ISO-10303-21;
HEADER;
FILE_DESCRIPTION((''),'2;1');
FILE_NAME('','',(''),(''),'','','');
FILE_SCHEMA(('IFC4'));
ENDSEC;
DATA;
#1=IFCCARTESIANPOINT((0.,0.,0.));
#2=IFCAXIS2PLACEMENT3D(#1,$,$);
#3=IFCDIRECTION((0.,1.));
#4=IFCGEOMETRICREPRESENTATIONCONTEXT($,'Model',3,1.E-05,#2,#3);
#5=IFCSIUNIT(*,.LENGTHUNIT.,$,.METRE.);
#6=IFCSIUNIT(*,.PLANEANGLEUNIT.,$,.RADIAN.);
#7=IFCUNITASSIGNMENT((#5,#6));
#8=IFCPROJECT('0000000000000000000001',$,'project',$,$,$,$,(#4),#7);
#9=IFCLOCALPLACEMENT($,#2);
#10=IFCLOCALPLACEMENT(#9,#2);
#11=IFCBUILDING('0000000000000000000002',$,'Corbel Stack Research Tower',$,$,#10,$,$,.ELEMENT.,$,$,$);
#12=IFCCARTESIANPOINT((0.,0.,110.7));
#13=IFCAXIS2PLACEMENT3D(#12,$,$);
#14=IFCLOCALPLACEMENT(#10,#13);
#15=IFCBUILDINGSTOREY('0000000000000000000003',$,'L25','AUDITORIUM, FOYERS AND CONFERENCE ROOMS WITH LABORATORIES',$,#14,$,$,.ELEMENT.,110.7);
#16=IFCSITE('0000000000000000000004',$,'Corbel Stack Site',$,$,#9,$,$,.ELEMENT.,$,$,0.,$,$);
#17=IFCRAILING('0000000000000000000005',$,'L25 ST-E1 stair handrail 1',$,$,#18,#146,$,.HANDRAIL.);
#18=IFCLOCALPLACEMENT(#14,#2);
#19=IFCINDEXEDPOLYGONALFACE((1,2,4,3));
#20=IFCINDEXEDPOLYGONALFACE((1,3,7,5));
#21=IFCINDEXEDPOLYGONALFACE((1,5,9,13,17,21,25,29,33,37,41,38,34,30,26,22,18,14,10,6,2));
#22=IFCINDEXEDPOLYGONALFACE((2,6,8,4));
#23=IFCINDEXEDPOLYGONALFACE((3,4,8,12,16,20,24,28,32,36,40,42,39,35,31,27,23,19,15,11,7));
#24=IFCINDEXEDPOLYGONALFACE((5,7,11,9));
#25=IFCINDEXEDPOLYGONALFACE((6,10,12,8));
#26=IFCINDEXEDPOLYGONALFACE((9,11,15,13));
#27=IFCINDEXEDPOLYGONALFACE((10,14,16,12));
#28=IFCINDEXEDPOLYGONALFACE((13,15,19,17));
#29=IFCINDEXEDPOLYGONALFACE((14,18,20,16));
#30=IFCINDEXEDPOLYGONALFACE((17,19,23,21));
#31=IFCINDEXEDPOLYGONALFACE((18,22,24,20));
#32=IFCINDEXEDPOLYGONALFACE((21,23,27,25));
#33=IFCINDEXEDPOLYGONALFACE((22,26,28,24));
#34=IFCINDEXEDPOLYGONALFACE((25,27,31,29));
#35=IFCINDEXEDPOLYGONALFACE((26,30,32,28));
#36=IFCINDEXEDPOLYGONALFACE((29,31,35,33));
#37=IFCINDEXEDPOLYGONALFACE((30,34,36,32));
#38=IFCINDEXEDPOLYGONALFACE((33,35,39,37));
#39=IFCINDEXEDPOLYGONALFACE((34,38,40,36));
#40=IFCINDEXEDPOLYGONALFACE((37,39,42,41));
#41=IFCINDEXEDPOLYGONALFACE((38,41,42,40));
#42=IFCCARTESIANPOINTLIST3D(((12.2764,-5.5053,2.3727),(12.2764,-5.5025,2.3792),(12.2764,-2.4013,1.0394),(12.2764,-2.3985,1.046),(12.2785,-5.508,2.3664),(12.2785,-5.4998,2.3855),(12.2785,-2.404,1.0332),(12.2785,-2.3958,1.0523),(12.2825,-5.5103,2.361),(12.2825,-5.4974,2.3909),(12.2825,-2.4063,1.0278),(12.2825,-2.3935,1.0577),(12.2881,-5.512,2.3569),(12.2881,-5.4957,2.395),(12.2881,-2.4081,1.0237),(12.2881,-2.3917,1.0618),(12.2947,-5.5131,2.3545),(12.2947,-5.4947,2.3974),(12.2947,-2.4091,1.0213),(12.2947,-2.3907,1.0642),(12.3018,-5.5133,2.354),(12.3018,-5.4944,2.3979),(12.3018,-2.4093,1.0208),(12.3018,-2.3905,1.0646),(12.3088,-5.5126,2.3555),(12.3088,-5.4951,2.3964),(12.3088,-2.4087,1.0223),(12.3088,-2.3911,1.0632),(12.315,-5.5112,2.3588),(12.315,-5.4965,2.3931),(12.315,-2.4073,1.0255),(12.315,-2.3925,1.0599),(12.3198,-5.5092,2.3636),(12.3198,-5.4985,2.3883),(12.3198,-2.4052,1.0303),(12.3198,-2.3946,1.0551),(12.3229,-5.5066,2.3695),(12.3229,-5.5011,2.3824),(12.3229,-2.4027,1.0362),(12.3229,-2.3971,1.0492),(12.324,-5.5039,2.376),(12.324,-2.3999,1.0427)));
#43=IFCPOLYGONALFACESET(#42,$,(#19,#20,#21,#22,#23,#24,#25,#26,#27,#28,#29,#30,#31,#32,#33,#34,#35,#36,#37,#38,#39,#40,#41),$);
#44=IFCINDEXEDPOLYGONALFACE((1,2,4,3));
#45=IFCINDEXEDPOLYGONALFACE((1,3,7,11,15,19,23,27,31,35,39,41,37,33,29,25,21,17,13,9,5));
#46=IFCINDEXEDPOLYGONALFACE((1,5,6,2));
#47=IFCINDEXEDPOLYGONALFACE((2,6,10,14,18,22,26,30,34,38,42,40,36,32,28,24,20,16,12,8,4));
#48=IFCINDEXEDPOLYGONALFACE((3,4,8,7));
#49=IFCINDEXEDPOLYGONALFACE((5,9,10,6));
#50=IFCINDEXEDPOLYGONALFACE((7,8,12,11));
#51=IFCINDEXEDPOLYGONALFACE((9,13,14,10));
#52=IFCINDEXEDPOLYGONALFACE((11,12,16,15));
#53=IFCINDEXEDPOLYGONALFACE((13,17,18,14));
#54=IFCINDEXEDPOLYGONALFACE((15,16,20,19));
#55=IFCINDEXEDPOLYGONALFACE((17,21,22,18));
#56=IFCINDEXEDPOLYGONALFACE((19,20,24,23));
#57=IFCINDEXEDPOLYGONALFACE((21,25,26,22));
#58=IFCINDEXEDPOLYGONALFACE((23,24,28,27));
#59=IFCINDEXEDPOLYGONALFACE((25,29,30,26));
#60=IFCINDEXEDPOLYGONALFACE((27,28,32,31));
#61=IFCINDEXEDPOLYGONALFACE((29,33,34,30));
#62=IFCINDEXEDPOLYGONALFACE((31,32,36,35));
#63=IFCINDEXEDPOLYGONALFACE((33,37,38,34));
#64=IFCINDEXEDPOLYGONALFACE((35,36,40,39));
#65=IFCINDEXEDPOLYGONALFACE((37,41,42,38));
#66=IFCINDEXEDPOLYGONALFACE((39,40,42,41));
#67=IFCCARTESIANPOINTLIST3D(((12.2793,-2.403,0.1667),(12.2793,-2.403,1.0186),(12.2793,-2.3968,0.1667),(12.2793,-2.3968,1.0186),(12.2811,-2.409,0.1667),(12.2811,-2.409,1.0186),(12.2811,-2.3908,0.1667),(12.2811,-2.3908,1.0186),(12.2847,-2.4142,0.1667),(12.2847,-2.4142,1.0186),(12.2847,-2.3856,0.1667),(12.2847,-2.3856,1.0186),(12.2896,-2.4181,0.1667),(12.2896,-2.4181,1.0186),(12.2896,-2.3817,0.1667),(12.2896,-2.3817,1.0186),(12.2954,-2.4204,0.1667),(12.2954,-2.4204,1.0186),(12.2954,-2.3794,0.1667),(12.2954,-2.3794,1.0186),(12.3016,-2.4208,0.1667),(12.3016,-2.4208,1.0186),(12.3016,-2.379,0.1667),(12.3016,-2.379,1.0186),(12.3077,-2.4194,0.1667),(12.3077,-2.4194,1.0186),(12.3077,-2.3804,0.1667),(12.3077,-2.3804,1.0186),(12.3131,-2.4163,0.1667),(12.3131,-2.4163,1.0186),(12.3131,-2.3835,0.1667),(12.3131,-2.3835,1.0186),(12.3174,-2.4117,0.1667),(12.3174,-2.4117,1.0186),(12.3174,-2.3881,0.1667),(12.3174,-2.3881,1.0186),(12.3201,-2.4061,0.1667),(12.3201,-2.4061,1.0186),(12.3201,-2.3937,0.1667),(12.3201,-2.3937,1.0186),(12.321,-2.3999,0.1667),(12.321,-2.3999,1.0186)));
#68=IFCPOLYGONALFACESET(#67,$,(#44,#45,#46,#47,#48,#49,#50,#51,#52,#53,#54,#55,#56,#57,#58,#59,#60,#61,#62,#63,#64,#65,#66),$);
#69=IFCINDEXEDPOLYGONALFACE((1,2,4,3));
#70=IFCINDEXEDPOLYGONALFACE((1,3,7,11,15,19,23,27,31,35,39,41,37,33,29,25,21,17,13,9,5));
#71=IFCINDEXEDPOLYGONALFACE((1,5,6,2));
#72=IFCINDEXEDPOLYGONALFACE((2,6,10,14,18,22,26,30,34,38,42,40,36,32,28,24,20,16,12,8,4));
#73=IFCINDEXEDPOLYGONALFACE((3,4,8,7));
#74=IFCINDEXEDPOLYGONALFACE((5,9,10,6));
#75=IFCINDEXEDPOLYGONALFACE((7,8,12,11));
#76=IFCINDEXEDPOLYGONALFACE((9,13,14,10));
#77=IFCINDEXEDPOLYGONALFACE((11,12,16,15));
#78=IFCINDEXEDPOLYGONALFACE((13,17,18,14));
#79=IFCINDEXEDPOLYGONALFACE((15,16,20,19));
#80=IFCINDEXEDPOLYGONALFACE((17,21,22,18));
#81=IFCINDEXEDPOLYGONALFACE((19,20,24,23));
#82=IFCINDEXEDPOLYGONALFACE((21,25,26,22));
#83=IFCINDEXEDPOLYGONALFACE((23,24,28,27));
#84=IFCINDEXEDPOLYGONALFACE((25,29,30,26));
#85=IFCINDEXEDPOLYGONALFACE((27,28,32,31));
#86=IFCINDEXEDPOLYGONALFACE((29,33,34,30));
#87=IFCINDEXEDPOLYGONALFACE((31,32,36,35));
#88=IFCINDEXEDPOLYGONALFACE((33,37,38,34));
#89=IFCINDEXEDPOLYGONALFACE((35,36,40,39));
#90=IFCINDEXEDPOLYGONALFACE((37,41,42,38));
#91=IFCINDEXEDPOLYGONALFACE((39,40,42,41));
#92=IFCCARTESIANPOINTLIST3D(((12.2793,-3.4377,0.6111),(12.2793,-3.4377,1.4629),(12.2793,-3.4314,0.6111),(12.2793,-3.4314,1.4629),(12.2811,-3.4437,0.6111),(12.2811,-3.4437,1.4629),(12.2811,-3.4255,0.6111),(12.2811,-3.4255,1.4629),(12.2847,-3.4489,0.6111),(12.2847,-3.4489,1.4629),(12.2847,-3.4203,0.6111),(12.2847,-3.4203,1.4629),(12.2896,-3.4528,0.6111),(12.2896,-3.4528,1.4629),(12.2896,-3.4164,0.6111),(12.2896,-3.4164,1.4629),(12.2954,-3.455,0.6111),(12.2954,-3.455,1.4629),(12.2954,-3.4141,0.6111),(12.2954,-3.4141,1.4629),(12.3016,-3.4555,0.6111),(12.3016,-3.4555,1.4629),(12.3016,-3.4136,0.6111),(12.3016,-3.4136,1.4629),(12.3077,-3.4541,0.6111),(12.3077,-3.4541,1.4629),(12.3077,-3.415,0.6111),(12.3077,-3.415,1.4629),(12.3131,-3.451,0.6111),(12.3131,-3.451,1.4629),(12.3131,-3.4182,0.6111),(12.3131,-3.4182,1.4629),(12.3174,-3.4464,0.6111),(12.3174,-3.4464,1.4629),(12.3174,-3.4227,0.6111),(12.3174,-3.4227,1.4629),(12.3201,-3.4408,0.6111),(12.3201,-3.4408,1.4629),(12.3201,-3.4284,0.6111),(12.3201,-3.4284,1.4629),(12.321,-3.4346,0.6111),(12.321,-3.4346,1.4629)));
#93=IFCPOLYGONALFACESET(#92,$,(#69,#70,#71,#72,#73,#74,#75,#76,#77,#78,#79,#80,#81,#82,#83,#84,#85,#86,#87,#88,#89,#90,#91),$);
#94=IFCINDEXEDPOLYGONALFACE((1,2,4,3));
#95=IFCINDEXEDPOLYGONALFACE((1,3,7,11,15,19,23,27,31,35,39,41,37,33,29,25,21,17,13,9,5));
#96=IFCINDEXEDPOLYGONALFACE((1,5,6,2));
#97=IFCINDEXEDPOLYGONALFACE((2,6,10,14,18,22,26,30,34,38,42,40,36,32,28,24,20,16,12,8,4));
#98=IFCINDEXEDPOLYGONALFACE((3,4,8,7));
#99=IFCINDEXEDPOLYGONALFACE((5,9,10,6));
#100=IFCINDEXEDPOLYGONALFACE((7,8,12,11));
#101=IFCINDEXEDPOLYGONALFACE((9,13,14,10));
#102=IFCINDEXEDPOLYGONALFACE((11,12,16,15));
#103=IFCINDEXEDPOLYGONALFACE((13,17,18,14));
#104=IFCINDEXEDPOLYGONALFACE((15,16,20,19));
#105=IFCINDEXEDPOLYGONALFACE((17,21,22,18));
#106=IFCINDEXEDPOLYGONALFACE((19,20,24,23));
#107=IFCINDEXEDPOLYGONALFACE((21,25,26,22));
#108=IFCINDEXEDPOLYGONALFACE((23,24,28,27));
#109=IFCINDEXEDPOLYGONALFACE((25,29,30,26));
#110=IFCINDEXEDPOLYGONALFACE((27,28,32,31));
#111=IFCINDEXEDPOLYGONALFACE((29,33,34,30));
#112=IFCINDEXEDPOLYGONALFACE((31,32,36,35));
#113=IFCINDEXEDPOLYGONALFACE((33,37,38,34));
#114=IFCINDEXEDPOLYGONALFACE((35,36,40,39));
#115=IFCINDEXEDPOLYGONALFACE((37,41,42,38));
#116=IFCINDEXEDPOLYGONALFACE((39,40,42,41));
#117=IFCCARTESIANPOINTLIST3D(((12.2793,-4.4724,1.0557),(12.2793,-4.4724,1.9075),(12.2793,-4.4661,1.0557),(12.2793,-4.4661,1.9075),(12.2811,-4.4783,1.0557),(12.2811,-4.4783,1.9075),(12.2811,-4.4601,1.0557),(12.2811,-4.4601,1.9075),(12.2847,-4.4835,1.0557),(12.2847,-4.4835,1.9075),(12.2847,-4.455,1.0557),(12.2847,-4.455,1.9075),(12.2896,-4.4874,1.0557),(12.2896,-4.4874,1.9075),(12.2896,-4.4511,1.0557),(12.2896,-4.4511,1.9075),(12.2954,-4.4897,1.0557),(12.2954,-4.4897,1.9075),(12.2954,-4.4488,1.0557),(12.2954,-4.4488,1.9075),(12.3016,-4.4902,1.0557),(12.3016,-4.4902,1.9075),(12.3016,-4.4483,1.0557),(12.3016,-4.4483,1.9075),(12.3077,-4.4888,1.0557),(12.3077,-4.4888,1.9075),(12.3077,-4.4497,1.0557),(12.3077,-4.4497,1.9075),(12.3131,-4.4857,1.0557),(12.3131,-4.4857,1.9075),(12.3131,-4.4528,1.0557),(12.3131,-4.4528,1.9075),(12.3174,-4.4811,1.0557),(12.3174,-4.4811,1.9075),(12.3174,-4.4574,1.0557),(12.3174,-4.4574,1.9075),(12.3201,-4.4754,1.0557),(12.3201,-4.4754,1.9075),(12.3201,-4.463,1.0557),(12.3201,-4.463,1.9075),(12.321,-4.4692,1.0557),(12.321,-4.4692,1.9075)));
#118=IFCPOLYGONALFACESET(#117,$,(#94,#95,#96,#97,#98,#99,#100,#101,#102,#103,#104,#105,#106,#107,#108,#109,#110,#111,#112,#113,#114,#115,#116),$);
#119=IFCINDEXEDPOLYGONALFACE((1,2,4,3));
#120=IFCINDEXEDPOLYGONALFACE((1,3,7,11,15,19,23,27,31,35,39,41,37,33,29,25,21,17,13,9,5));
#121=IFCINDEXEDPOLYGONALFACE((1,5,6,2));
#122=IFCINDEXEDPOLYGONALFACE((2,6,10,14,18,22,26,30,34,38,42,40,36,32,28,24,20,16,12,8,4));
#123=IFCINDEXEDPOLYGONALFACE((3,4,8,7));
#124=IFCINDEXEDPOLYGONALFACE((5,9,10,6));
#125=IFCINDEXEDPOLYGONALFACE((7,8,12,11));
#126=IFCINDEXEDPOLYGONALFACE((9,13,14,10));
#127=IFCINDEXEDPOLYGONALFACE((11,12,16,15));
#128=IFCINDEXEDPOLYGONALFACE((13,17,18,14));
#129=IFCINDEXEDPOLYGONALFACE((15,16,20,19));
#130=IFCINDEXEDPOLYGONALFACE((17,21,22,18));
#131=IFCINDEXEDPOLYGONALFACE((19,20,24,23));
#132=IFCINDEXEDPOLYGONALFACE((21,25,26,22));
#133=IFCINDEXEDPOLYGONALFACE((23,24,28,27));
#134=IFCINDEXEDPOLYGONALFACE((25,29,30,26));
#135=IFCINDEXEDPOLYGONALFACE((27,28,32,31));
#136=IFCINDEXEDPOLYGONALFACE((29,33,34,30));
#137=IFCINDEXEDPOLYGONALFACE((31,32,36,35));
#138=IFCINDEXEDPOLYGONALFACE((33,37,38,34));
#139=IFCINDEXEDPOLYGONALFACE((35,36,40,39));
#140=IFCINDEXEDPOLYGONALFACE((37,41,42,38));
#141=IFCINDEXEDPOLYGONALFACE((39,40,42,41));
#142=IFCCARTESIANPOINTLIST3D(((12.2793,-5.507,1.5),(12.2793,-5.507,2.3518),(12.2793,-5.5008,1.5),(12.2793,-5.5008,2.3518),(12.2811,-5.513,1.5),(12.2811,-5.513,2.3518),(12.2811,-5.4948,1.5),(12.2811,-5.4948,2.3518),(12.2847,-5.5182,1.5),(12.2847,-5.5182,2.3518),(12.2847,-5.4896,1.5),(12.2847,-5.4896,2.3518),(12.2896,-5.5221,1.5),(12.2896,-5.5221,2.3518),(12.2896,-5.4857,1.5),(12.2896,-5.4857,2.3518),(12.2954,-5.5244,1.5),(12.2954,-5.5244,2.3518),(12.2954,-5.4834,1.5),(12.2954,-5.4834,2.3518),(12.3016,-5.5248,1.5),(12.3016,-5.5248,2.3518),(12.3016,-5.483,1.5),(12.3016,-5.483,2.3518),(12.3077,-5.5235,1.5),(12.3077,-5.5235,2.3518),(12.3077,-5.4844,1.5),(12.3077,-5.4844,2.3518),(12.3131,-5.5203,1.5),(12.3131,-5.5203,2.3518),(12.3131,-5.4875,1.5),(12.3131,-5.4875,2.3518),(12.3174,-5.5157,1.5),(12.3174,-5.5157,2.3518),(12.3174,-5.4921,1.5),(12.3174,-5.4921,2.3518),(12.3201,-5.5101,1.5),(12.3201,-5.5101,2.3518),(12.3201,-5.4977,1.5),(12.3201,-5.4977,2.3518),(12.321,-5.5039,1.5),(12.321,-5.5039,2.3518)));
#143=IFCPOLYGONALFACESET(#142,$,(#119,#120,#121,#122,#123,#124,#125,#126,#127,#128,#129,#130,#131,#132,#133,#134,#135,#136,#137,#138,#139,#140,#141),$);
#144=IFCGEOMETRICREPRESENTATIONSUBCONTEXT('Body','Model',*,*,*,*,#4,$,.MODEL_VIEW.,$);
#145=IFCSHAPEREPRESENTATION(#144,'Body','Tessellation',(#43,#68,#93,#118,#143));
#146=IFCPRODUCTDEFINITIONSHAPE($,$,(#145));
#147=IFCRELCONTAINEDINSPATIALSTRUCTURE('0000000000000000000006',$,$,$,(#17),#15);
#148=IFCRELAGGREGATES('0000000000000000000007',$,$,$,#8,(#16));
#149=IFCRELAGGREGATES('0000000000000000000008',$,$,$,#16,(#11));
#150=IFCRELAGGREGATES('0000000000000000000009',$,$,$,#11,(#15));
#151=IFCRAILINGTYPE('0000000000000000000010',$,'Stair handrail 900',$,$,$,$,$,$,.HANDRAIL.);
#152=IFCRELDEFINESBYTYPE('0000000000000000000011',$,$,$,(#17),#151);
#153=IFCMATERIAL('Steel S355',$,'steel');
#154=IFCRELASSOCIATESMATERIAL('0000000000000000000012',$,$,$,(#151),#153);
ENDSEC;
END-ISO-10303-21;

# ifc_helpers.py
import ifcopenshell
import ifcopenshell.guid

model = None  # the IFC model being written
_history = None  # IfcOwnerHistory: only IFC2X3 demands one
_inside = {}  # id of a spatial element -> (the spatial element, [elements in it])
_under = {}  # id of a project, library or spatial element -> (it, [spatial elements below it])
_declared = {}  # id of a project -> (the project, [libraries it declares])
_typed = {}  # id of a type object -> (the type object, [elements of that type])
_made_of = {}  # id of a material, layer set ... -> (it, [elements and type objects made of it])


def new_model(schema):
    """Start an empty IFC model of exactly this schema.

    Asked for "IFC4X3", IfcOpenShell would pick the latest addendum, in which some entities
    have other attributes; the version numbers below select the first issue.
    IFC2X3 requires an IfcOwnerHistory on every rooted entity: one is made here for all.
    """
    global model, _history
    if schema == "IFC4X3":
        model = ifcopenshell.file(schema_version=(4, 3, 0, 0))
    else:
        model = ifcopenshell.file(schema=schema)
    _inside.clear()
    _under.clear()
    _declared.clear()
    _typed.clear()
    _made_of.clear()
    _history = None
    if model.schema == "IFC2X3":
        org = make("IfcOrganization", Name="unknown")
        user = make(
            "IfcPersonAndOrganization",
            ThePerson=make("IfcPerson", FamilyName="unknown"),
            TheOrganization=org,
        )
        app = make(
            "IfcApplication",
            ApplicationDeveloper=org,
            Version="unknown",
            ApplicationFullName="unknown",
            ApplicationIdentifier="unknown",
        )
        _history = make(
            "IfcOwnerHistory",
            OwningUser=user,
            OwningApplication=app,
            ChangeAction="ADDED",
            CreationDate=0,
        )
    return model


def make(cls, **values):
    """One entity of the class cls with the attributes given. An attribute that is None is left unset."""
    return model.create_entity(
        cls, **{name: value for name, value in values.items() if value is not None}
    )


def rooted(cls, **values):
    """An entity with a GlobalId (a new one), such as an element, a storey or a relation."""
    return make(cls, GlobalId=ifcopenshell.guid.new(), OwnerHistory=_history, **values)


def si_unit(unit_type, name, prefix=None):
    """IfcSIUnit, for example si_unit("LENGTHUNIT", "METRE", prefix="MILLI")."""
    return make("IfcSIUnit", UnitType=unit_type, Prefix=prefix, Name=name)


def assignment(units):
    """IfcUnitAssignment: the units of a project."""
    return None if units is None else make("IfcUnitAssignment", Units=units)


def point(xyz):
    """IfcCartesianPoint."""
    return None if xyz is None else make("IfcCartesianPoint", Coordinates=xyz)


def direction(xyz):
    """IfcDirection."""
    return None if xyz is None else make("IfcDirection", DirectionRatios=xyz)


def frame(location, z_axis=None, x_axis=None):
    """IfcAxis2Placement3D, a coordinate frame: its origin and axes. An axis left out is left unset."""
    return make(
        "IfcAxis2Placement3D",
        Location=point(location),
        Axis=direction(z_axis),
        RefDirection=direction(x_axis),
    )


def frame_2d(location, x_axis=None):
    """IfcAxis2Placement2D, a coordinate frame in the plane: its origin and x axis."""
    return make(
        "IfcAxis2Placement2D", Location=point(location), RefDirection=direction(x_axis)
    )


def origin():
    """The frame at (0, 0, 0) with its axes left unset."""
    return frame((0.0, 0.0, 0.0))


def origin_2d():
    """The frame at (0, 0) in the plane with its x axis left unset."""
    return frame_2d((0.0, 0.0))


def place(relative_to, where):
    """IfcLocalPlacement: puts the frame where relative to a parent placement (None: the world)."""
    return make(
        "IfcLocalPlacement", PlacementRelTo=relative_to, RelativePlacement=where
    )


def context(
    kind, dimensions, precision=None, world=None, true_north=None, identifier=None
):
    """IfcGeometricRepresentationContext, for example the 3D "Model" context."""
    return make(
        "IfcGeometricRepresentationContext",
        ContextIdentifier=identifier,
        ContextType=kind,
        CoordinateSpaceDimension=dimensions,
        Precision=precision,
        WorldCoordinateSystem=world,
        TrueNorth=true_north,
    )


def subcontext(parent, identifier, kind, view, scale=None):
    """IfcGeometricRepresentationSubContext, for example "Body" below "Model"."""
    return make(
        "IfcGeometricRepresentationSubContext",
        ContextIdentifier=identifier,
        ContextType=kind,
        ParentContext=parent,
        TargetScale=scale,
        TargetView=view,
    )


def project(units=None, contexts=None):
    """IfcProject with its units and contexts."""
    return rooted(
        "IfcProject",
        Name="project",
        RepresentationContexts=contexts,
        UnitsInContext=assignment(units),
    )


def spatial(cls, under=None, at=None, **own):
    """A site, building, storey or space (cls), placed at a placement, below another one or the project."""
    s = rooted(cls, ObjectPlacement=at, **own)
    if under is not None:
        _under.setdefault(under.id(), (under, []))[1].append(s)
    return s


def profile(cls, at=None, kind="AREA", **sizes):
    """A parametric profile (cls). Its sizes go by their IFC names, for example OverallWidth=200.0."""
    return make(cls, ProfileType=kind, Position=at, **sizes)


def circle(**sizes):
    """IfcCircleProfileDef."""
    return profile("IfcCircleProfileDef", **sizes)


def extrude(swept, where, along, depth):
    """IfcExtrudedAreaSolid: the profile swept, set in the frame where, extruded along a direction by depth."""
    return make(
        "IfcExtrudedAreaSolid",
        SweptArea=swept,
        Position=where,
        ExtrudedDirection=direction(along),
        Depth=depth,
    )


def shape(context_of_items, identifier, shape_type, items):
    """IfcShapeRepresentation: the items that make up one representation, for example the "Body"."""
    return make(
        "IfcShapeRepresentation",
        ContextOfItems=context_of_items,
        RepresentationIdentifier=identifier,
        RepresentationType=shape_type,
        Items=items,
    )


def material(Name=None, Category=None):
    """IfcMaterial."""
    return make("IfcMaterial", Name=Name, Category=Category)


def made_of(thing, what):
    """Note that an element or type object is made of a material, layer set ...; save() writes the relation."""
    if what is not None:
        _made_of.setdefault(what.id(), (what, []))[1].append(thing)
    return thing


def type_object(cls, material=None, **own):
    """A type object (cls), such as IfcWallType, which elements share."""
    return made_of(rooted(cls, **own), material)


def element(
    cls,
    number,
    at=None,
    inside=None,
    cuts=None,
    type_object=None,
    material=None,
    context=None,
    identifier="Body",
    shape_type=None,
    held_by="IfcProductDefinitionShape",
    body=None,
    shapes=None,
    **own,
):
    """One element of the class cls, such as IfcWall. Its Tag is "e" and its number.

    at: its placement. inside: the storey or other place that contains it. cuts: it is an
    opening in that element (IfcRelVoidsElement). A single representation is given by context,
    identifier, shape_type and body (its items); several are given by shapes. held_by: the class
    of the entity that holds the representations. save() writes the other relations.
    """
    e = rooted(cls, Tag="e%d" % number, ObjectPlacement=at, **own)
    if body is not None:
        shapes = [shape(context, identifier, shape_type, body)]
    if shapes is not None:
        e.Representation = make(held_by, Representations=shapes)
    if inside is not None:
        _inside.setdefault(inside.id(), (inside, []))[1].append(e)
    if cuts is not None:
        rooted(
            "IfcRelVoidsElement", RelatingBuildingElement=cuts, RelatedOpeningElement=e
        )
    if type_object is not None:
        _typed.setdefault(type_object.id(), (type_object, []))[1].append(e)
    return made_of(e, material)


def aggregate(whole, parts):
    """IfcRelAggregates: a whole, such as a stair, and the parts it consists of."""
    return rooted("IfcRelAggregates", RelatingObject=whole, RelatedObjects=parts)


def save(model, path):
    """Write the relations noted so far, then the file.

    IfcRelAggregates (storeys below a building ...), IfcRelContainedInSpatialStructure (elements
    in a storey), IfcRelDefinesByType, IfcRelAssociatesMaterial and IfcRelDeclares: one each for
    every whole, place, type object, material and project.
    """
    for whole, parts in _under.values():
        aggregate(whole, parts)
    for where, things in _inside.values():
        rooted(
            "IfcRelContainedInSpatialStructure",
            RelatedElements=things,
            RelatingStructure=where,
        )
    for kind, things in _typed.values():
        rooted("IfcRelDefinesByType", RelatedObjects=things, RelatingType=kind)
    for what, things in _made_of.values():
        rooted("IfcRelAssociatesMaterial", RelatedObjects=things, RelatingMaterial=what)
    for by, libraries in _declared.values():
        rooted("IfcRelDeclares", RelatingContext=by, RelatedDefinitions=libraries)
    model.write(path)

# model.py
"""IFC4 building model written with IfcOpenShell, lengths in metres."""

from ifc_helpers import new_model, si_unit, direction, frame, origin, origin_2d, place, context, subcontext, project, spatial, circle, extrude, material, type_object, element, save


model = new_model("IFC4")

# Units and contexts
model_context = context("Model", 3, precision=1e-05, world=origin(), true_north=direction((0.0, 1.0)))
body_context = subcontext(model_context, "Body", "Model", "MODEL_VIEW")
ifc_project = project(units=[si_unit("LENGTHUNIT", "METRE"), si_unit("PLANEANGLEUNIT", "RADIAN")], contexts=[model_context])

# Site, building, storey
site_placement = place(None, origin())
site = spatial("IfcSite", under=ifc_project, at=site_placement, Name="Corbel Stack Site", CompositionType="ELEMENT", RefElevation=0.0)
building_placement = place(site_placement, origin())
building = spatial("IfcBuilding", under=site, at=building_placement, Name="Corbel Stack Research Tower", CompositionType="ELEMENT")
storey_placement = place(building_placement, frame((0.0, 0.0, 110.7)))
storey = spatial("IfcBuildingStorey", under=building, at=storey_placement, Name="L25", Description="AUDITORIUM, FOYERS AND CONFERENCE ROOMS WITH LABORATORIES", CompositionType="ELEMENT", Elevation=110.7)

# Railing
ifc_material_1 = material(Name="Steel S355", Category="steel")
railing_type_1 = type_object("IfcRailingType", Name="Stair handrail 900", PredefinedType="HANDRAIL", material=ifc_material_1)
for number, where, name in (
    (1, (12.3, -2.3999, 0.1667), "L25 ST-E1 stair handrail 1"),
):
    element("IfcRailing", number, at=place(storey_placement, frame(where)), inside=storey, type_object=railing_type_1, Name=name, PredefinedType="HANDRAIL", context=body_context, shape_type="SweptSolid", body=[
        extrude(circle(Radius=0.0239, at=origin_2d()), frame((0.0, 0.0, 0.876), z_axis=(0.0, -0.918827, 0.394661), x_axis=(1.0, 0.0, 0.0)), (0.0, 0.0, 1.0), 3.3782),
        extrude(circle(Radius=0.021, at=origin_2d()), origin(), (0.0, 0.0, 1.0), 0.8518),
        extrude(circle(Radius=0.021, at=origin_2d()), frame((0.0, -1.0347, 0.4443)), (0.0, 0.0, 1.0), 0.8518),
        extrude(circle(Radius=0.021, at=origin_2d()), frame((0.0, -2.0693, 0.8889)), (0.0, 0.0, 1.0), 0.8518),
        extrude(circle(Radius=0.021, at=origin_2d()), frame((0.0, -3.104, 1.3333)), (0.0, 0.0, 1.0), 0.8518),
    ])

save(model, "model.ifc")
